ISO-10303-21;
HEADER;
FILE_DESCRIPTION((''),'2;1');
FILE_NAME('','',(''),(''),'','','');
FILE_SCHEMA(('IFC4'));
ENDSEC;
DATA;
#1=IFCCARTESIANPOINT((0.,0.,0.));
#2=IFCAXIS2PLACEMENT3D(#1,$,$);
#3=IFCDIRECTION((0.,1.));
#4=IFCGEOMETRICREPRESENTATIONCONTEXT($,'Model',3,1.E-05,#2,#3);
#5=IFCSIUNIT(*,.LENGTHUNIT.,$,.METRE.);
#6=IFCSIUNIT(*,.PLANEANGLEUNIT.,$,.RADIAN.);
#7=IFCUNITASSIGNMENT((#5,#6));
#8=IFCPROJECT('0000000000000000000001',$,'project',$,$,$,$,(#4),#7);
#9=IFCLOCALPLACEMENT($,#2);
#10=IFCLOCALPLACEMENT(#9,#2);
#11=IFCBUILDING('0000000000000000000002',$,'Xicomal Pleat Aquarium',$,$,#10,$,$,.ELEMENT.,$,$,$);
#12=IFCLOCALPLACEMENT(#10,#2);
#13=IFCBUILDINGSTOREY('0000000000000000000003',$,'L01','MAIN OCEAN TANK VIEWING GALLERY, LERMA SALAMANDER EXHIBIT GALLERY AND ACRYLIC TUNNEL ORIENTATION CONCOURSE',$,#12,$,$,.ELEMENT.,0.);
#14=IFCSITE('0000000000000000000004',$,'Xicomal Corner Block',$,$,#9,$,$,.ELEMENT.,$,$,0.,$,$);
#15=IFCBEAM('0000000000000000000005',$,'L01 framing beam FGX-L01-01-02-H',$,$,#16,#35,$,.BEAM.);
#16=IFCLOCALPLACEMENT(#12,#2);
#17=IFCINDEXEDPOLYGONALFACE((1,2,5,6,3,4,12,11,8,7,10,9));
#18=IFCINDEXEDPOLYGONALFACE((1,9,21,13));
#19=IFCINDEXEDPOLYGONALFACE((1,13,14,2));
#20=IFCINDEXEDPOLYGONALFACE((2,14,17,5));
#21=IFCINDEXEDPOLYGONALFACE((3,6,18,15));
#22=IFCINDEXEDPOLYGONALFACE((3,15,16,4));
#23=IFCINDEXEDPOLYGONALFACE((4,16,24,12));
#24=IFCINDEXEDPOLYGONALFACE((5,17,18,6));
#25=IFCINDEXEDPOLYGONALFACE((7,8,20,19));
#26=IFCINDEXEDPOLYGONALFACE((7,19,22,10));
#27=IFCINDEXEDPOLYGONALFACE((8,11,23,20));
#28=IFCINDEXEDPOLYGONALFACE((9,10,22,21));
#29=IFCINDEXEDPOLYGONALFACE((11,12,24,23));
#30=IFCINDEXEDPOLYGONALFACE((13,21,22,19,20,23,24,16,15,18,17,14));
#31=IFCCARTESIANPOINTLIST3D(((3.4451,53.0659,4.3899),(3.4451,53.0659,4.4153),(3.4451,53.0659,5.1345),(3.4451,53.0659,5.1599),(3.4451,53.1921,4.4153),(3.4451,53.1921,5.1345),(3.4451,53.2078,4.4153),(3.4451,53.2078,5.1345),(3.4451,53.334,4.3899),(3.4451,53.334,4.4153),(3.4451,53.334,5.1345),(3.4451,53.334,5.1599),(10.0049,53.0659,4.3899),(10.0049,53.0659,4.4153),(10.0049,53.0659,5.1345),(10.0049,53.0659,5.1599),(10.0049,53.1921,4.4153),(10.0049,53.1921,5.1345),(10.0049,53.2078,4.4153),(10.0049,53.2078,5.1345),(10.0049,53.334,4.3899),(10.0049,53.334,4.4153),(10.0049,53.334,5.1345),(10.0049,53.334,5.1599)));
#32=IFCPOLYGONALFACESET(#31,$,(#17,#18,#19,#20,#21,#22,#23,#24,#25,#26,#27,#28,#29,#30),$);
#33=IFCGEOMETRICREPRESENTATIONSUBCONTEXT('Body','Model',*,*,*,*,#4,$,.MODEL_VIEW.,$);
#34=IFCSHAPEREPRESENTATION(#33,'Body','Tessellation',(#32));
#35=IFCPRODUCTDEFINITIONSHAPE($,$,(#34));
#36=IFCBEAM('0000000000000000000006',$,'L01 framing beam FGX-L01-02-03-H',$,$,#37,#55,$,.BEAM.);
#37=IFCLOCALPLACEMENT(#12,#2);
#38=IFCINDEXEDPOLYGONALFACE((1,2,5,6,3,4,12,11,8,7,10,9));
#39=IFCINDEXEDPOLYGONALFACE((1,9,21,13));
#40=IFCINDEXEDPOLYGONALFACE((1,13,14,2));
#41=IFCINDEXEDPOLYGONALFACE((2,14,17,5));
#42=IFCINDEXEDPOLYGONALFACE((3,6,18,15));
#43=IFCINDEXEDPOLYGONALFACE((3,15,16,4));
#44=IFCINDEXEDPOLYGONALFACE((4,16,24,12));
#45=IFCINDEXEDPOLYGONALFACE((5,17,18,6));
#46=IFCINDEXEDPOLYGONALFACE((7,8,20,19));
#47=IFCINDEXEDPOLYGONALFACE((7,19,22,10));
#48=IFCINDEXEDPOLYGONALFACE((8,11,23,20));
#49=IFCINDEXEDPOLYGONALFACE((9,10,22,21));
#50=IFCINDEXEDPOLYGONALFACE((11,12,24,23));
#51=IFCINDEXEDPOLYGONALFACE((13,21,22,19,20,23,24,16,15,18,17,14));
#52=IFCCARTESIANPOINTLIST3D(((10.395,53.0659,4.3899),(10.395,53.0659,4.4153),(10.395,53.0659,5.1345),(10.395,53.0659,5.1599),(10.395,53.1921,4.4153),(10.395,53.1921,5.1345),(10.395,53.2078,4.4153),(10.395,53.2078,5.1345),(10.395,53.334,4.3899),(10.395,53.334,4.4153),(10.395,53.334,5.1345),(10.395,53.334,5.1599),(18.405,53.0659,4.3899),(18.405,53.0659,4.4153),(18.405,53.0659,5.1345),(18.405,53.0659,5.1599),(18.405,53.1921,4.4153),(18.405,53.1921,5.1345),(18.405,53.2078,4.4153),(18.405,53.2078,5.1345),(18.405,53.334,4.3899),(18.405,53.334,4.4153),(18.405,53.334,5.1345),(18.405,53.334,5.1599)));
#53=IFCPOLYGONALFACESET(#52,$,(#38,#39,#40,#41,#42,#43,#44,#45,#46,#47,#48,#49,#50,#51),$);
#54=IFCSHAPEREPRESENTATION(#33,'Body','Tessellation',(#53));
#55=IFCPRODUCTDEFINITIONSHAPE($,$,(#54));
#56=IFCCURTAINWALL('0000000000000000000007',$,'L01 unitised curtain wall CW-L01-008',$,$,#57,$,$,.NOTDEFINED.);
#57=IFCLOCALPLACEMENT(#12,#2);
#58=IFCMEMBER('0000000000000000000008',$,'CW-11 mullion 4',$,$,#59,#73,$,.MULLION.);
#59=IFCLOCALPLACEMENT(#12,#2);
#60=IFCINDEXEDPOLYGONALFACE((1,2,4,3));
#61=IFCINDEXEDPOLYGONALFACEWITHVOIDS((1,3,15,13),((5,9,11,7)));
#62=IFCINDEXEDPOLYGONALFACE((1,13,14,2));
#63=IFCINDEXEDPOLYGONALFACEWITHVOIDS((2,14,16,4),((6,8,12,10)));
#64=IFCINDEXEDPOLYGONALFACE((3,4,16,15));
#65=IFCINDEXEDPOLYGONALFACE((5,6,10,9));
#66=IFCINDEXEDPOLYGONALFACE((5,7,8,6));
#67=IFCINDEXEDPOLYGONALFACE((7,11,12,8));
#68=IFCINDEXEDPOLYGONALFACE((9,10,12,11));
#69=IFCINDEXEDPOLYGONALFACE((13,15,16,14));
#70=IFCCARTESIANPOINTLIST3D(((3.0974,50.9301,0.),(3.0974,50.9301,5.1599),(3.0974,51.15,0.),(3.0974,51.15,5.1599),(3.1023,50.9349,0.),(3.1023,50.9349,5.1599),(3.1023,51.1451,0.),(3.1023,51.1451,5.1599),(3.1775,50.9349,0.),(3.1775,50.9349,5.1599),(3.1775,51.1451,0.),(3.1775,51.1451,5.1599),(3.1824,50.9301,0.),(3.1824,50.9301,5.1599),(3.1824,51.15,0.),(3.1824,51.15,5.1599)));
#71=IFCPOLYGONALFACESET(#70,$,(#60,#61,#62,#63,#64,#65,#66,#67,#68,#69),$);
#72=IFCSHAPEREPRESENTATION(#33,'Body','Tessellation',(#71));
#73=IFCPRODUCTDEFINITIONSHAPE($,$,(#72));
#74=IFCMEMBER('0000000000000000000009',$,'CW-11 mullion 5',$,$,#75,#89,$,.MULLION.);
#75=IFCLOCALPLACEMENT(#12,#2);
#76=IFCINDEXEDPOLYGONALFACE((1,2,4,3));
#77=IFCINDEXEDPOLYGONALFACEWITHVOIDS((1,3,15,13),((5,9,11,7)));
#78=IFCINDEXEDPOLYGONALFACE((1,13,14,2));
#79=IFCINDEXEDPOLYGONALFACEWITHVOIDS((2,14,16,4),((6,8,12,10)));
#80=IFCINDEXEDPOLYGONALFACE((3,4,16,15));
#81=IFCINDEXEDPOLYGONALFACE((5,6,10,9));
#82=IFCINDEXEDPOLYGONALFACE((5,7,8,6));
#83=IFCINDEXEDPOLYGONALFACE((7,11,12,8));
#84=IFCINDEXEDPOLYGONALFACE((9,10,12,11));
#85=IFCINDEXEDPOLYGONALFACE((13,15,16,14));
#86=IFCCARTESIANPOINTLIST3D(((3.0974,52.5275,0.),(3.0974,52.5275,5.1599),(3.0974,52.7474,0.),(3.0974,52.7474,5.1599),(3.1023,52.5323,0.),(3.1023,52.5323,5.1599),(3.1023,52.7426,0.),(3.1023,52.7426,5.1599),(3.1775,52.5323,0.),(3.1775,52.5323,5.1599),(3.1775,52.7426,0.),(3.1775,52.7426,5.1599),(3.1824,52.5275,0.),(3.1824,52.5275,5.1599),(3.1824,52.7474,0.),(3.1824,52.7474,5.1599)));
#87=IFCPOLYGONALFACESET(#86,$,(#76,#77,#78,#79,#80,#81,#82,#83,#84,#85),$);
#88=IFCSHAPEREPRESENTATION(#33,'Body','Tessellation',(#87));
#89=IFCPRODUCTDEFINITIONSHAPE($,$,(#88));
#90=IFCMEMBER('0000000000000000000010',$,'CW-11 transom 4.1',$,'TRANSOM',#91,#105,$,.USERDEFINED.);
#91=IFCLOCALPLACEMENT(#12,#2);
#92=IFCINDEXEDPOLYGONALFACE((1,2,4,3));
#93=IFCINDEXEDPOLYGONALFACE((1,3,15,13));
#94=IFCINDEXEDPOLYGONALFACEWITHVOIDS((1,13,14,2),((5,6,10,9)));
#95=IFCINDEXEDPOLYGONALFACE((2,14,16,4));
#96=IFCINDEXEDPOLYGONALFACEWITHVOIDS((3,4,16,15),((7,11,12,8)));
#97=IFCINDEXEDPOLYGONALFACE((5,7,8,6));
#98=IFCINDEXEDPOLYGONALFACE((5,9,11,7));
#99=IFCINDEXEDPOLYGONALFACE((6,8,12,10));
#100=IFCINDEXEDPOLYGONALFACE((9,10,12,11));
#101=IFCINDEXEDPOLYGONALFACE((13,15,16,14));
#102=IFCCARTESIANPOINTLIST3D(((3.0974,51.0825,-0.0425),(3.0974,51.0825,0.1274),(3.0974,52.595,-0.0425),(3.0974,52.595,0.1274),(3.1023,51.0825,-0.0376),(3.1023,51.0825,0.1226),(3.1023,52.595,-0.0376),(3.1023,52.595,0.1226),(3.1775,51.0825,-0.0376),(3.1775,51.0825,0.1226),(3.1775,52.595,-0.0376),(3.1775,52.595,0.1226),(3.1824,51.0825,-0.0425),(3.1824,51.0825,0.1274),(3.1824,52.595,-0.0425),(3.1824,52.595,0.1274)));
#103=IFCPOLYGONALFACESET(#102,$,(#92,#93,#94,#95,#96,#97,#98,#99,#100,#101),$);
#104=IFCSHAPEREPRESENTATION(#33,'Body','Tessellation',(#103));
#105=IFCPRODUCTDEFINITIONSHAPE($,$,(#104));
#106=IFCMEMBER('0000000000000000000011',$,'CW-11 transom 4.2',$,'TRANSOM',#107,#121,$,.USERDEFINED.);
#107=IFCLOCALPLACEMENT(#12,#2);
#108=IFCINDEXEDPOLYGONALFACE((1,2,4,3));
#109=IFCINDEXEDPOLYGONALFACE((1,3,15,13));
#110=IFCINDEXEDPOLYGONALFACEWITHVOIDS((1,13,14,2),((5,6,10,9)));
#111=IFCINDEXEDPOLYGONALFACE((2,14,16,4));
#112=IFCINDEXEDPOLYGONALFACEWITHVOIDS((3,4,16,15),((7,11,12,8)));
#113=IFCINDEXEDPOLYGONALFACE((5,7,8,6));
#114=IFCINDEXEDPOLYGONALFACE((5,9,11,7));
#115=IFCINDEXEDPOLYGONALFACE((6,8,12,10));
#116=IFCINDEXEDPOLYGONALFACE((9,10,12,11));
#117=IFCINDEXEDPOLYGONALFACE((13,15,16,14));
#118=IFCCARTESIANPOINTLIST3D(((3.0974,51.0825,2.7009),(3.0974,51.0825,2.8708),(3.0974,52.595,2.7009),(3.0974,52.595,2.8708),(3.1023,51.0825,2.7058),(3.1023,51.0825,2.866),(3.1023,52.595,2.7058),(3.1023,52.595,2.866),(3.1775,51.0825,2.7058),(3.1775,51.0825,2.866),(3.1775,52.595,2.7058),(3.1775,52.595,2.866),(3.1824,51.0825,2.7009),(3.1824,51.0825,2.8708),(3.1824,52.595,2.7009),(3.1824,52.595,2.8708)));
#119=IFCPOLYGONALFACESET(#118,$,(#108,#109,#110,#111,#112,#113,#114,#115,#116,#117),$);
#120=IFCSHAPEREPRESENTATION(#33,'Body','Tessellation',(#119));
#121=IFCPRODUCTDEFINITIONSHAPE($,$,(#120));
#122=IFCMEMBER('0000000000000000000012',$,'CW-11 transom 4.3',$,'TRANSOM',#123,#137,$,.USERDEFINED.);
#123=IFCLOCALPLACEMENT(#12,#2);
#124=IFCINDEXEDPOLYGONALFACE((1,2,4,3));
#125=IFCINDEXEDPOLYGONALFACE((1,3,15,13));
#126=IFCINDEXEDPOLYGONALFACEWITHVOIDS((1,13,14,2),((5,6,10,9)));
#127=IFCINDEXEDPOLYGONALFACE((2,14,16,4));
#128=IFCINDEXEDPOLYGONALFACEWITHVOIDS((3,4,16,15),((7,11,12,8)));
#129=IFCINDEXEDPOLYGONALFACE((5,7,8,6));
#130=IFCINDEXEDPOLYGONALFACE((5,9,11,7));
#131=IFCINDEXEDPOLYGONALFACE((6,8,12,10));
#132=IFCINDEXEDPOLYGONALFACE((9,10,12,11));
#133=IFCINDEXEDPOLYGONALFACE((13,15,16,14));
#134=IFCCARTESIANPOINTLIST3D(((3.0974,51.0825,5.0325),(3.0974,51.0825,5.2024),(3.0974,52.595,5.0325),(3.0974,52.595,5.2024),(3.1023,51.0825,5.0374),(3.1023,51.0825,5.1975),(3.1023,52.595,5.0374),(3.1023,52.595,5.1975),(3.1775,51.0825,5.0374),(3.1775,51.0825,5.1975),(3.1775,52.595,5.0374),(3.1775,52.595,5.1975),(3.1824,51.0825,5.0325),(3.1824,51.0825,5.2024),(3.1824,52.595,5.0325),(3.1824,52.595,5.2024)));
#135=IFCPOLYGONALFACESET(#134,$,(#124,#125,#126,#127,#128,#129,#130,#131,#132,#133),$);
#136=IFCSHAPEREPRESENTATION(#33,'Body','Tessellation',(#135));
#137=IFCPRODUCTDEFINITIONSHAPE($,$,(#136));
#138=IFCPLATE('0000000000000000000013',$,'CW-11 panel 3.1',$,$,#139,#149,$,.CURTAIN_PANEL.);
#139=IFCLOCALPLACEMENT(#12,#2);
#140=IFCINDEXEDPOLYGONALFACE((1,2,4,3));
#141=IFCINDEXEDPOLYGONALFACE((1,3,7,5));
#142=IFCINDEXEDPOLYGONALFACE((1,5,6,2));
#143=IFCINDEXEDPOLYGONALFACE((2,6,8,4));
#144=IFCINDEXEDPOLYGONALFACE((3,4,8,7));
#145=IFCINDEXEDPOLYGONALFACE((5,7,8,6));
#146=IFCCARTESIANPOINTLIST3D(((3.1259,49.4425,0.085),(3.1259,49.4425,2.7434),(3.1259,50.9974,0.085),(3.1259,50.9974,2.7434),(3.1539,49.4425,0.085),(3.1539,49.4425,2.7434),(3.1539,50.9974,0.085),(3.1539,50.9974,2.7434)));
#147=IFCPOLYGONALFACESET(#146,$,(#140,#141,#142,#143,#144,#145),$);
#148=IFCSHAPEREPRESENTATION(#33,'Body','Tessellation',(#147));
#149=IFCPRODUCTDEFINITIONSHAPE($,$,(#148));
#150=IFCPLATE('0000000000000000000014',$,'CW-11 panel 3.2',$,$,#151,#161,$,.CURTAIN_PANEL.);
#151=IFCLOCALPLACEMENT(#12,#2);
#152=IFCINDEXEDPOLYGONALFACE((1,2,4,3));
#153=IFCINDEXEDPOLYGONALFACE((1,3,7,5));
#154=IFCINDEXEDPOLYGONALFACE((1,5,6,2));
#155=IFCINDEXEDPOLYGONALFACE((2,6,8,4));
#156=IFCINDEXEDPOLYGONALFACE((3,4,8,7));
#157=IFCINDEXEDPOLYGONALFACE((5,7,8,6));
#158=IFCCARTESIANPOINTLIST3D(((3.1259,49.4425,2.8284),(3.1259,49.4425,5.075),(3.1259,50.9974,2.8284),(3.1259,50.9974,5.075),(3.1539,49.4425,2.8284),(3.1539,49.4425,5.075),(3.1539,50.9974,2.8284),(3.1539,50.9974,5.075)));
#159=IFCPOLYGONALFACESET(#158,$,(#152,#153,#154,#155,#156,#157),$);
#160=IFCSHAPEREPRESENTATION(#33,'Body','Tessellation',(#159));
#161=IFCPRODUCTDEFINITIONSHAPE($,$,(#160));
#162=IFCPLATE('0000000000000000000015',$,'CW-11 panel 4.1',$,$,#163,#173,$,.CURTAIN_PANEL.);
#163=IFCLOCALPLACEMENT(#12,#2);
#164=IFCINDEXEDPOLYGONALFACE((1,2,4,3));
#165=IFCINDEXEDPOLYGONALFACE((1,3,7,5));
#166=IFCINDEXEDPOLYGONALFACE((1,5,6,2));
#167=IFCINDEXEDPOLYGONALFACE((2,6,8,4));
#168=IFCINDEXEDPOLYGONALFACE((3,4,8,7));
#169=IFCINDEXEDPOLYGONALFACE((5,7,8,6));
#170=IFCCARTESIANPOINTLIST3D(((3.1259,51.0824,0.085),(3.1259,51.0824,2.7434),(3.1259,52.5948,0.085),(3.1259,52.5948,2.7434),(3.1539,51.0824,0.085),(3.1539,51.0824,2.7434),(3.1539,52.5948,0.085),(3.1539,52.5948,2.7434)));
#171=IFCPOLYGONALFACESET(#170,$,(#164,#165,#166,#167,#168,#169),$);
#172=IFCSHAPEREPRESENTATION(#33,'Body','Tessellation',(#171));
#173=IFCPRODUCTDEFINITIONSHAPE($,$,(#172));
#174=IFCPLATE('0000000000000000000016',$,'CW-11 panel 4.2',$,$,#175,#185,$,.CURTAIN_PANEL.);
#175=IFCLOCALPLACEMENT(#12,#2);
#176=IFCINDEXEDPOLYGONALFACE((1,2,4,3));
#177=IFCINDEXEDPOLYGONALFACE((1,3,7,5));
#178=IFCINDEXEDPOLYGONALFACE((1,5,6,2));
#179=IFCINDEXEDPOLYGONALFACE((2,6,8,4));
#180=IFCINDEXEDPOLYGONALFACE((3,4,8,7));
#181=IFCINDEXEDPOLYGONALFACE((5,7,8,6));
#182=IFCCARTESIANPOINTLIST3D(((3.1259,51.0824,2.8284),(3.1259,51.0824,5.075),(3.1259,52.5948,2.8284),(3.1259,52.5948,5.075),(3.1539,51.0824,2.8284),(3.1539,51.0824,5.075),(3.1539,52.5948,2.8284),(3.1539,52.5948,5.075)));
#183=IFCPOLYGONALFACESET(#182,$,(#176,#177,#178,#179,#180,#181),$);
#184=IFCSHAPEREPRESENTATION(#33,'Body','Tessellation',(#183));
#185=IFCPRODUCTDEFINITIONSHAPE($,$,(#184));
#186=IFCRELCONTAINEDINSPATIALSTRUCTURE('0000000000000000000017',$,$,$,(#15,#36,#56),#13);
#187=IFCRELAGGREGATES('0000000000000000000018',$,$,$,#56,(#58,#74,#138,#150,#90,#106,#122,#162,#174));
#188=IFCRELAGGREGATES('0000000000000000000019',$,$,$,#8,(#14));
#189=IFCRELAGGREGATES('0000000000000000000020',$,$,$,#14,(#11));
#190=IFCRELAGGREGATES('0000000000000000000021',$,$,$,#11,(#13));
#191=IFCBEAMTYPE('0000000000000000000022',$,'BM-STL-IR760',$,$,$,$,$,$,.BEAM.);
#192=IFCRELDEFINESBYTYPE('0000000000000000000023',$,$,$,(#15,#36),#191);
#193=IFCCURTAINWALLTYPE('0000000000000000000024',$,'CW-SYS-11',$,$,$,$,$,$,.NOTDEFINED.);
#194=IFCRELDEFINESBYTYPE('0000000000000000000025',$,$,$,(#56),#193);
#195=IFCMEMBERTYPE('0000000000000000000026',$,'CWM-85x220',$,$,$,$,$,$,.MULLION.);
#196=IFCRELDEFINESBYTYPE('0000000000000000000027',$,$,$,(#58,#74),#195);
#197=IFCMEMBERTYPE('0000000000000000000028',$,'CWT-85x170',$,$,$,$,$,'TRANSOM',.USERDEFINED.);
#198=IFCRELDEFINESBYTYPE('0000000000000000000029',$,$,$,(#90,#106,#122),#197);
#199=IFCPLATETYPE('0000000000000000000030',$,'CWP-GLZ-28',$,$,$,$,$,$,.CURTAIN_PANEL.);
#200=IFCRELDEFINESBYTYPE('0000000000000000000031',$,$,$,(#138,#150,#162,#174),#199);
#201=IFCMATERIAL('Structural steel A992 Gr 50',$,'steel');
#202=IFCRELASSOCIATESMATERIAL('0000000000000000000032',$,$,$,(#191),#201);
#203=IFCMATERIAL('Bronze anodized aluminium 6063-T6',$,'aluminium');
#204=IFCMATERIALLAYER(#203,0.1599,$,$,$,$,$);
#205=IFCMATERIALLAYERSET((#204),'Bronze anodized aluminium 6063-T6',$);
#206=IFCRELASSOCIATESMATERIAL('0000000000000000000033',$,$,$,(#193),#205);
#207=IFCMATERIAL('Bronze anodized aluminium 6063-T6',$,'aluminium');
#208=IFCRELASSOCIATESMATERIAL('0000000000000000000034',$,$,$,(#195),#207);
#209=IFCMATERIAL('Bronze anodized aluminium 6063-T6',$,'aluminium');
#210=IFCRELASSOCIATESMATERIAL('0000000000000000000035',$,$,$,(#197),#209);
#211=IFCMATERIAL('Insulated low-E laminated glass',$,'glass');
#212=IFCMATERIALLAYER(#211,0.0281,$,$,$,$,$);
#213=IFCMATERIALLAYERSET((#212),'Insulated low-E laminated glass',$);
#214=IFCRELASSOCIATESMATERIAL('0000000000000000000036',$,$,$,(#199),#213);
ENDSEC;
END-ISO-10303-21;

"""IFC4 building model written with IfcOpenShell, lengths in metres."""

from ifc_helpers import new_model, si_unit, direction, frame, origin, origin_2d, place, context, subcontext, project, spatial, rectangle, hollow_rectangle, i_section, extrude, material, layer, layer_set, material_profile, profile_set, type_object, element, aggregate, save


model = new_model("IFC4")

# Units and contexts
model_context = context("Model", 3, precision=1e-05, world=origin(), true_north=direction((0.0, 1.0)))
body_context = subcontext(model_context, "Body", "Model", "MODEL_VIEW")
ifc_project = project(units=[si_unit("LENGTHUNIT", "METRE"), si_unit("PLANEANGLEUNIT", "RADIAN")], contexts=[model_context])

# Site, building, storey
site_placement = place(None, origin())
site = spatial("IfcSite", under=ifc_project, at=site_placement, Name="Xicomal Corner Block", CompositionType="ELEMENT", RefElevation=0.0)
building_placement = place(site_placement, origin())
building = spatial("IfcBuilding", under=site, at=building_placement, Name="Xicomal Pleat Aquarium", CompositionType="ELEMENT")
storey_placement = place(building_placement, origin())
storey = spatial("IfcBuildingStorey", under=building, at=storey_placement, Name="L01", Description="MAIN OCEAN TANK VIEWING GALLERY, LERMA SALAMANDER EXHIBIT GALLERY AND ACRYLIC TUNNEL ORIENTATION CONCOURSE", CompositionType="ELEMENT", Elevation=0.0)

# Beams
ifc_material_1 = material(Name="Structural steel A992 Gr 50", Category="steel")
ifc_material_profile_1 = material_profile(ifc_material_1, i_section(OverallWidth=0.2681, OverallDepth=0.77, WebThickness=0.0156, FlangeThickness=0.0254, at=origin_2d()), Name="IR 760x196")
ifc_profile_set_1 = profile_set([ifc_material_profile_1], Name="Structural steel A992 Gr 50")
beam_type_1 = type_object("IfcBeamType", Name="BM-STL-IR760", PredefinedType="BEAM", material=ifc_profile_set_1)
beam_1_placement = place(storey_placement, frame((3.4451, 53.2, 4.7749), z_axis=(1.0, 0.0, 0.0), x_axis=(0.0, 1.0, 0.0)))
element("IfcBeam", 1, at=beam_1_placement, inside=storey, type_object=beam_type_1, Name="L01 framing beam FGX-L01-01-02-H", PredefinedType="BEAM", context=body_context, shape_type="SweptSolid", body=[
    extrude(i_section(OverallWidth=0.2681, OverallDepth=0.77, WebThickness=0.0156, FlangeThickness=0.0254, at=origin_2d()), origin(), (0.0, 0.0, 1.0), 6.5598),
])
beam_2_placement = place(storey_placement, frame((10.395, 53.2, 4.7749), z_axis=(1.0, 0.0, 0.0), x_axis=(0.0, 1.0, 0.0)))
element("IfcBeam", 2, at=beam_2_placement, inside=storey, type_object=beam_type_1, Name="L01 framing beam FGX-L01-02-03-H", PredefinedType="BEAM", context=body_context, shape_type="SweptSolid", body=[
    extrude(i_section(OverallWidth=0.2681, OverallDepth=0.77, WebThickness=0.0156, FlangeThickness=0.0254, at=origin_2d()), origin(), (0.0, 0.0, 1.0), 8.01),
])

# Curtain wall, members, plates
ifc_material_2 = material(Name="Bronze anodized aluminium 6063-T6", Category="aluminium")
ifc_layer_1 = layer(ifc_material_2, 0.1599)
ifc_layer_set_1 = layer_set([ifc_layer_1], Name="Bronze anodized aluminium 6063-T6")
curtain_wall_type = type_object("IfcCurtainWallType", Name="CW-SYS-11", PredefinedType="NOTDEFINED", material=ifc_layer_set_1)
curtain_wall_placement = place(storey_placement, origin())
curtain_wall = element("IfcCurtainWall", 3, at=curtain_wall_placement, inside=storey, type_object=curtain_wall_type, Name="L01 unitised curtain wall CW-L01-008", PredefinedType="NOTDEFINED")
ifc_material_3 = material(Name="Bronze anodized aluminium 6063-T6", Category="aluminium")
ifc_material_profile_2 = material_profile(ifc_material_3, hollow_rectangle(XDim=0.085, YDim=0.22, WallThickness=0.0049, at=origin_2d()), Name="ALU MULL 85x220")
ifc_profile_set_2 = profile_set([ifc_material_profile_2], Name="Bronze anodized aluminium 6063-T6")
member_type_1 = type_object("IfcMemberType", Name="CWM-85x220", PredefinedType="MULLION", material=ifc_profile_set_2)
member_1_placement = place(storey_placement, frame((3.1399, 51.04, 0.0), z_axis=(0.0, 0.0, 1.0), x_axis=(-1.0, 0.0, 0.0)))
member_1 = element("IfcMember", 4, at=member_1_placement, type_object=member_type_1, Name="CW-11 mullion 4", PredefinedType="MULLION", context=body_context, shape_type="SweptSolid", body=[
    extrude(hollow_rectangle(XDim=0.085, YDim=0.22, WallThickness=0.0049, at=origin_2d()), origin(), (0.0, 0.0, 1.0), 5.1599),
])
member_2_placement = place(storey_placement, frame((3.1399, 52.6375, 0.0), z_axis=(0.0, 0.0, 1.0), x_axis=(-1.0, 0.0, 0.0)))
member_2 = element("IfcMember", 5, at=member_2_placement, type_object=member_type_1, Name="CW-11 mullion 5", PredefinedType="MULLION", context=body_context, shape_type="SweptSolid", body=[
    extrude(hollow_rectangle(XDim=0.085, YDim=0.22, WallThickness=0.0049, at=origin_2d()), origin(), (0.0, 0.0, 1.0), 5.1599),
])
ifc_material_4 = material(Name="Bronze anodized aluminium 6063-T6", Category="aluminium")
ifc_material_profile_3 = material_profile(ifc_material_4, hollow_rectangle(XDim=0.085, YDim=0.1699, WallThickness=0.0049, at=origin_2d()), Name="ALU TRAN 85x170")
ifc_profile_set_3 = profile_set([ifc_material_profile_3], Name="Bronze anodized aluminium 6063-T6")
member_type_2 = type_object("IfcMemberType", Name="CWT-85x170", ElementType="TRANSOM", PredefinedType="USERDEFINED", material=ifc_profile_set_3)
member_3_placement = place(storey_placement, frame((3.1399, 51.0825, 0.0425), z_axis=(0.0, 1.0, 0.0), x_axis=(-1.0, 0.0, 0.0)))
member_3 = element("IfcMember", 6, at=member_3_placement, type_object=member_type_2, Name="CW-11 transom 4.1", ObjectType="TRANSOM", PredefinedType="USERDEFINED", context=body_context, shape_type="SweptSolid", body=[
    extrude(hollow_rectangle(XDim=0.085, YDim=0.1699, WallThickness=0.0049, at=origin_2d()), origin(), (0.0, 0.0, 1.0), 1.5125),
])
member_4_placement = place(storey_placement, frame((3.1399, 51.0825, 2.7859), z_axis=(0.0, 1.0, 0.0), x_axis=(-1.0, 0.0, 0.0)))
member_4 = element("IfcMember", 7, at=member_4_placement, type_object=member_type_2, Name="CW-11 transom 4.2", ObjectType="TRANSOM", PredefinedType="USERDEFINED", context=body_context, shape_type="SweptSolid", body=[
    extrude(hollow_rectangle(XDim=0.085, YDim=0.1699, WallThickness=0.0049, at=origin_2d()), origin(), (0.0, 0.0, 1.0), 1.5125),
])
member_5_placement = place(storey_placement, frame((3.1399, 51.0825, 5.1174), z_axis=(0.0, 1.0, 0.0), x_axis=(-1.0, 0.0, 0.0)))
member_5 = element("IfcMember", 8, at=member_5_placement, type_object=member_type_2, Name="CW-11 transom 4.3", ObjectType="TRANSOM", PredefinedType="USERDEFINED", context=body_context, shape_type="SweptSolid", body=[
    extrude(hollow_rectangle(XDim=0.085, YDim=0.1699, WallThickness=0.0049, at=origin_2d()), origin(), (0.0, 0.0, 1.0), 1.5125),
])
ifc_material_5 = material(Name="Insulated low-E laminated glass", Category="glass")
ifc_layer_2 = layer(ifc_material_5, 0.0281)
ifc_layer_set_2 = layer_set([ifc_layer_2], Name="Insulated low-E laminated glass")
plate_type = type_object("IfcPlateType", Name="CWP-GLZ-28", PredefinedType="CURTAIN_PANEL", material=ifc_layer_set_2)
plate_1_placement = place(storey_placement, frame((3.1399, 50.22, 0.085), z_axis=(0.0, 0.0, 1.0), x_axis=(0.0, 1.0, 0.0)))
plate_1 = element("IfcPlate", 9, at=plate_1_placement, type_object=plate_type, Name="CW-11 panel 3.1", PredefinedType="CURTAIN_PANEL", context=body_context, shape_type="SweptSolid", body=[
    extrude(rectangle(XDim=1.5549, YDim=0.0281, at=origin_2d()), origin(), (0.0, 0.0, 1.0), 2.6584),
])
plate_2_placement = place(storey_placement, frame((3.1399, 50.22, 2.8284), z_axis=(0.0, 0.0, 1.0), x_axis=(0.0, 1.0, 0.0)))
plate_2 = element("IfcPlate", 10, at=plate_2_placement, type_object=plate_type, Name="CW-11 panel 3.2", PredefinedType="CURTAIN_PANEL", context=body_context, shape_type="SweptSolid", body=[
    extrude(rectangle(XDim=1.5549, YDim=0.0281, at=origin_2d()), origin(), (0.0, 0.0, 1.0), 2.2466),
])
plate_3_placement = place(storey_placement, frame((3.1399, 51.8386, 0.085), z_axis=(0.0, 0.0, 1.0), x_axis=(0.0, 1.0, 0.0)))
plate_3 = element("IfcPlate", 11, at=plate_3_placement, type_object=plate_type, Name="CW-11 panel 4.1", PredefinedType="CURTAIN_PANEL", context=body_context, shape_type="SweptSolid", body=[
    extrude(rectangle(XDim=1.5125, YDim=0.0281, at=origin_2d()), origin(), (0.0, 0.0, 1.0), 2.6584),
])
plate_4_placement = place(storey_placement, frame((3.1399, 51.8386, 2.8284), z_axis=(0.0, 0.0, 1.0), x_axis=(0.0, 1.0, 0.0)))
plate_4 = element("IfcPlate", 12, at=plate_4_placement, type_object=plate_type, Name="CW-11 panel 4.2", PredefinedType="CURTAIN_PANEL", context=body_context, shape_type="SweptSolid", body=[
    extrude(rectangle(XDim=1.5125, YDim=0.0281, at=origin_2d()), origin(), (0.0, 0.0, 1.0), 2.2466),
])
aggregate(curtain_wall, [member_1, member_2, plate_1, plate_2, member_3, member_4, member_5, plate_3, plate_4])

save(model, "model.ifc")
